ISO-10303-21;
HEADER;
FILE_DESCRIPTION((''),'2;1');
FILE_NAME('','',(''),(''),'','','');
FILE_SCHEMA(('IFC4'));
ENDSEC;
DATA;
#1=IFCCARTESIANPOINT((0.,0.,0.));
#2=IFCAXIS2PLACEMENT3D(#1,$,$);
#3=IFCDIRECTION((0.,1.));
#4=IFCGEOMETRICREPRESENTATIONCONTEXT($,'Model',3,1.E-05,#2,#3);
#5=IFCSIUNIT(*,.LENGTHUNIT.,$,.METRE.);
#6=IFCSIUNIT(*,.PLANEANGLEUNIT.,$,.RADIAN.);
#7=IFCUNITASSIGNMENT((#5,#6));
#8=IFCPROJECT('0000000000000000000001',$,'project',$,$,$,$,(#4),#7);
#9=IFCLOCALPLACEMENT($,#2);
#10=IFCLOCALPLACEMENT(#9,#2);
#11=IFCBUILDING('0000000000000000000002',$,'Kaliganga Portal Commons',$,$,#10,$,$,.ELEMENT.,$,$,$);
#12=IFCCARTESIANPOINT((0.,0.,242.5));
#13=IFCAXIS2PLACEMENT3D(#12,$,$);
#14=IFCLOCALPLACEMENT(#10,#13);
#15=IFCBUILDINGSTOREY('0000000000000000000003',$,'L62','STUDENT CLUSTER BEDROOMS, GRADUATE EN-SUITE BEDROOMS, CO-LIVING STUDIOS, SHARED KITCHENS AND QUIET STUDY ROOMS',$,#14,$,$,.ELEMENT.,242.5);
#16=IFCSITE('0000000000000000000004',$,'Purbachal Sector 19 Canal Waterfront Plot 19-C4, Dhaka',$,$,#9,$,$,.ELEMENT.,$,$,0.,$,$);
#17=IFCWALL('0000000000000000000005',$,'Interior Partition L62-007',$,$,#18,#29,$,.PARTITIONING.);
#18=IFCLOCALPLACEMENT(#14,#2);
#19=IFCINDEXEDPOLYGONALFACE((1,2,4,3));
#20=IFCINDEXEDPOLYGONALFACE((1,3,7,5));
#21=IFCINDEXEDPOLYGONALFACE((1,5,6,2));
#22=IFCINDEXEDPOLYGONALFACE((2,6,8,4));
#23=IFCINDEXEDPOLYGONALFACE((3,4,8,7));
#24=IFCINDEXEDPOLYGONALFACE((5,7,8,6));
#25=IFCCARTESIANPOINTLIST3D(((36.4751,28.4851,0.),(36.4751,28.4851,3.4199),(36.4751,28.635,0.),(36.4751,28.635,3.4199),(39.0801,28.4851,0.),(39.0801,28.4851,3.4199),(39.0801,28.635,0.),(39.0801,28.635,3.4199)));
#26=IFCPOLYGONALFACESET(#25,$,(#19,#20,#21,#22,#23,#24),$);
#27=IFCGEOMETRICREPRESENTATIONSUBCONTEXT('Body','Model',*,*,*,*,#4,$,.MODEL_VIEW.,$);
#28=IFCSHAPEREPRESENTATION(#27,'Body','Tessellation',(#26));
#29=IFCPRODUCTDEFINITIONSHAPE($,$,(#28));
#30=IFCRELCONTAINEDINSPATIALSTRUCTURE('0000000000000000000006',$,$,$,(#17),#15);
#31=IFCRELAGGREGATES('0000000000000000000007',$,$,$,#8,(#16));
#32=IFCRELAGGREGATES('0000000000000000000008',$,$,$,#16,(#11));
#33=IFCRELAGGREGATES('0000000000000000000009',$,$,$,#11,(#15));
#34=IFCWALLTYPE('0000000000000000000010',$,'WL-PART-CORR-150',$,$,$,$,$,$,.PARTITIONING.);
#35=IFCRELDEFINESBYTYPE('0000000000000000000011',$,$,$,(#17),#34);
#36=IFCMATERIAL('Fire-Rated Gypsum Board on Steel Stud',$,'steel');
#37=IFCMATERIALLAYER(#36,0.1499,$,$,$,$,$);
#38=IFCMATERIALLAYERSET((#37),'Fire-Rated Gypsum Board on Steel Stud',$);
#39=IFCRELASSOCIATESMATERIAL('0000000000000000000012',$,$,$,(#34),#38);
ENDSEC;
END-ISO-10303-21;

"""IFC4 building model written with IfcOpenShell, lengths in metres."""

from ifc_helpers import new_model, si_unit, direction, frame, frame_2d, origin, place, context, subcontext, project, spatial, rectangle, extrude, material, layer, layer_set, type_object, element, save


model = new_model("IFC4")

# Units and contexts
model_context = context("Model", 3, precision=1e-05, world=origin(), true_north=direction((0.0, 1.0)))
body_context = subcontext(model_context, "Body", "Model", "MODEL_VIEW")
ifc_project = project(units=[si_unit("LENGTHUNIT", "METRE"), si_unit("PLANEANGLEUNIT", "RADIAN")], contexts=[model_context])

# Site, building, storey
site_placement = place(None, origin())
site = spatial("IfcSite", under=ifc_project, at=site_placement, Name="Purbachal Sector 19 Canal Waterfront Plot 19-C4, Dhaka", CompositionType="ELEMENT", RefElevation=0.0)
building_placement = place(site_placement, origin())
building = spatial("IfcBuilding", under=site, at=building_placement, Name="Kaliganga Portal Commons", CompositionType="ELEMENT")
storey_placement = place(building_placement, frame((0.0, 0.0, 242.5)))
storey = spatial("IfcBuildingStorey", under=building, at=storey_placement, Name="L62", Description="STUDENT CLUSTER BEDROOMS, GRADUATE EN-SUITE BEDROOMS, CO-LIVING STUDIOS, SHARED KITCHENS AND QUIET STUDY ROOMS", CompositionType="ELEMENT", Elevation=242.5)

# Wall
ifc_material_1 = material(Name="Fire-Rated Gypsum Board on Steel Stud", Category="steel")
ifc_layer_1 = layer(ifc_material_1, 0.1499)
ifc_layer_set_1 = layer_set([ifc_layer_1], Name="Fire-Rated Gypsum Board on Steel Stud")
wall_type = type_object("IfcWallType", Name="WL-PART-CORR-150", PredefinedType="PARTITIONING", material=ifc_layer_set_1)
wall_placement = place(storey_placement, frame((36.4751, 28.5601, 0.0), z_axis=(0.0, 0.0, 1.0), x_axis=(1.0, 0.0, 0.0)))
element("IfcWall", 1, at=wall_placement, inside=storey, type_object=wall_type, Name="Interior Partition L62-007", PredefinedType="PARTITIONING", context=body_context, shape_type="SweptSolid", body=[
    extrude(rectangle(XDim=2.605, YDim=0.1499, at=frame_2d((1.3025, 0.0))), origin(), (0.0, 0.0, 1.0), 3.4199),
])

save(model, "model.ifc")
